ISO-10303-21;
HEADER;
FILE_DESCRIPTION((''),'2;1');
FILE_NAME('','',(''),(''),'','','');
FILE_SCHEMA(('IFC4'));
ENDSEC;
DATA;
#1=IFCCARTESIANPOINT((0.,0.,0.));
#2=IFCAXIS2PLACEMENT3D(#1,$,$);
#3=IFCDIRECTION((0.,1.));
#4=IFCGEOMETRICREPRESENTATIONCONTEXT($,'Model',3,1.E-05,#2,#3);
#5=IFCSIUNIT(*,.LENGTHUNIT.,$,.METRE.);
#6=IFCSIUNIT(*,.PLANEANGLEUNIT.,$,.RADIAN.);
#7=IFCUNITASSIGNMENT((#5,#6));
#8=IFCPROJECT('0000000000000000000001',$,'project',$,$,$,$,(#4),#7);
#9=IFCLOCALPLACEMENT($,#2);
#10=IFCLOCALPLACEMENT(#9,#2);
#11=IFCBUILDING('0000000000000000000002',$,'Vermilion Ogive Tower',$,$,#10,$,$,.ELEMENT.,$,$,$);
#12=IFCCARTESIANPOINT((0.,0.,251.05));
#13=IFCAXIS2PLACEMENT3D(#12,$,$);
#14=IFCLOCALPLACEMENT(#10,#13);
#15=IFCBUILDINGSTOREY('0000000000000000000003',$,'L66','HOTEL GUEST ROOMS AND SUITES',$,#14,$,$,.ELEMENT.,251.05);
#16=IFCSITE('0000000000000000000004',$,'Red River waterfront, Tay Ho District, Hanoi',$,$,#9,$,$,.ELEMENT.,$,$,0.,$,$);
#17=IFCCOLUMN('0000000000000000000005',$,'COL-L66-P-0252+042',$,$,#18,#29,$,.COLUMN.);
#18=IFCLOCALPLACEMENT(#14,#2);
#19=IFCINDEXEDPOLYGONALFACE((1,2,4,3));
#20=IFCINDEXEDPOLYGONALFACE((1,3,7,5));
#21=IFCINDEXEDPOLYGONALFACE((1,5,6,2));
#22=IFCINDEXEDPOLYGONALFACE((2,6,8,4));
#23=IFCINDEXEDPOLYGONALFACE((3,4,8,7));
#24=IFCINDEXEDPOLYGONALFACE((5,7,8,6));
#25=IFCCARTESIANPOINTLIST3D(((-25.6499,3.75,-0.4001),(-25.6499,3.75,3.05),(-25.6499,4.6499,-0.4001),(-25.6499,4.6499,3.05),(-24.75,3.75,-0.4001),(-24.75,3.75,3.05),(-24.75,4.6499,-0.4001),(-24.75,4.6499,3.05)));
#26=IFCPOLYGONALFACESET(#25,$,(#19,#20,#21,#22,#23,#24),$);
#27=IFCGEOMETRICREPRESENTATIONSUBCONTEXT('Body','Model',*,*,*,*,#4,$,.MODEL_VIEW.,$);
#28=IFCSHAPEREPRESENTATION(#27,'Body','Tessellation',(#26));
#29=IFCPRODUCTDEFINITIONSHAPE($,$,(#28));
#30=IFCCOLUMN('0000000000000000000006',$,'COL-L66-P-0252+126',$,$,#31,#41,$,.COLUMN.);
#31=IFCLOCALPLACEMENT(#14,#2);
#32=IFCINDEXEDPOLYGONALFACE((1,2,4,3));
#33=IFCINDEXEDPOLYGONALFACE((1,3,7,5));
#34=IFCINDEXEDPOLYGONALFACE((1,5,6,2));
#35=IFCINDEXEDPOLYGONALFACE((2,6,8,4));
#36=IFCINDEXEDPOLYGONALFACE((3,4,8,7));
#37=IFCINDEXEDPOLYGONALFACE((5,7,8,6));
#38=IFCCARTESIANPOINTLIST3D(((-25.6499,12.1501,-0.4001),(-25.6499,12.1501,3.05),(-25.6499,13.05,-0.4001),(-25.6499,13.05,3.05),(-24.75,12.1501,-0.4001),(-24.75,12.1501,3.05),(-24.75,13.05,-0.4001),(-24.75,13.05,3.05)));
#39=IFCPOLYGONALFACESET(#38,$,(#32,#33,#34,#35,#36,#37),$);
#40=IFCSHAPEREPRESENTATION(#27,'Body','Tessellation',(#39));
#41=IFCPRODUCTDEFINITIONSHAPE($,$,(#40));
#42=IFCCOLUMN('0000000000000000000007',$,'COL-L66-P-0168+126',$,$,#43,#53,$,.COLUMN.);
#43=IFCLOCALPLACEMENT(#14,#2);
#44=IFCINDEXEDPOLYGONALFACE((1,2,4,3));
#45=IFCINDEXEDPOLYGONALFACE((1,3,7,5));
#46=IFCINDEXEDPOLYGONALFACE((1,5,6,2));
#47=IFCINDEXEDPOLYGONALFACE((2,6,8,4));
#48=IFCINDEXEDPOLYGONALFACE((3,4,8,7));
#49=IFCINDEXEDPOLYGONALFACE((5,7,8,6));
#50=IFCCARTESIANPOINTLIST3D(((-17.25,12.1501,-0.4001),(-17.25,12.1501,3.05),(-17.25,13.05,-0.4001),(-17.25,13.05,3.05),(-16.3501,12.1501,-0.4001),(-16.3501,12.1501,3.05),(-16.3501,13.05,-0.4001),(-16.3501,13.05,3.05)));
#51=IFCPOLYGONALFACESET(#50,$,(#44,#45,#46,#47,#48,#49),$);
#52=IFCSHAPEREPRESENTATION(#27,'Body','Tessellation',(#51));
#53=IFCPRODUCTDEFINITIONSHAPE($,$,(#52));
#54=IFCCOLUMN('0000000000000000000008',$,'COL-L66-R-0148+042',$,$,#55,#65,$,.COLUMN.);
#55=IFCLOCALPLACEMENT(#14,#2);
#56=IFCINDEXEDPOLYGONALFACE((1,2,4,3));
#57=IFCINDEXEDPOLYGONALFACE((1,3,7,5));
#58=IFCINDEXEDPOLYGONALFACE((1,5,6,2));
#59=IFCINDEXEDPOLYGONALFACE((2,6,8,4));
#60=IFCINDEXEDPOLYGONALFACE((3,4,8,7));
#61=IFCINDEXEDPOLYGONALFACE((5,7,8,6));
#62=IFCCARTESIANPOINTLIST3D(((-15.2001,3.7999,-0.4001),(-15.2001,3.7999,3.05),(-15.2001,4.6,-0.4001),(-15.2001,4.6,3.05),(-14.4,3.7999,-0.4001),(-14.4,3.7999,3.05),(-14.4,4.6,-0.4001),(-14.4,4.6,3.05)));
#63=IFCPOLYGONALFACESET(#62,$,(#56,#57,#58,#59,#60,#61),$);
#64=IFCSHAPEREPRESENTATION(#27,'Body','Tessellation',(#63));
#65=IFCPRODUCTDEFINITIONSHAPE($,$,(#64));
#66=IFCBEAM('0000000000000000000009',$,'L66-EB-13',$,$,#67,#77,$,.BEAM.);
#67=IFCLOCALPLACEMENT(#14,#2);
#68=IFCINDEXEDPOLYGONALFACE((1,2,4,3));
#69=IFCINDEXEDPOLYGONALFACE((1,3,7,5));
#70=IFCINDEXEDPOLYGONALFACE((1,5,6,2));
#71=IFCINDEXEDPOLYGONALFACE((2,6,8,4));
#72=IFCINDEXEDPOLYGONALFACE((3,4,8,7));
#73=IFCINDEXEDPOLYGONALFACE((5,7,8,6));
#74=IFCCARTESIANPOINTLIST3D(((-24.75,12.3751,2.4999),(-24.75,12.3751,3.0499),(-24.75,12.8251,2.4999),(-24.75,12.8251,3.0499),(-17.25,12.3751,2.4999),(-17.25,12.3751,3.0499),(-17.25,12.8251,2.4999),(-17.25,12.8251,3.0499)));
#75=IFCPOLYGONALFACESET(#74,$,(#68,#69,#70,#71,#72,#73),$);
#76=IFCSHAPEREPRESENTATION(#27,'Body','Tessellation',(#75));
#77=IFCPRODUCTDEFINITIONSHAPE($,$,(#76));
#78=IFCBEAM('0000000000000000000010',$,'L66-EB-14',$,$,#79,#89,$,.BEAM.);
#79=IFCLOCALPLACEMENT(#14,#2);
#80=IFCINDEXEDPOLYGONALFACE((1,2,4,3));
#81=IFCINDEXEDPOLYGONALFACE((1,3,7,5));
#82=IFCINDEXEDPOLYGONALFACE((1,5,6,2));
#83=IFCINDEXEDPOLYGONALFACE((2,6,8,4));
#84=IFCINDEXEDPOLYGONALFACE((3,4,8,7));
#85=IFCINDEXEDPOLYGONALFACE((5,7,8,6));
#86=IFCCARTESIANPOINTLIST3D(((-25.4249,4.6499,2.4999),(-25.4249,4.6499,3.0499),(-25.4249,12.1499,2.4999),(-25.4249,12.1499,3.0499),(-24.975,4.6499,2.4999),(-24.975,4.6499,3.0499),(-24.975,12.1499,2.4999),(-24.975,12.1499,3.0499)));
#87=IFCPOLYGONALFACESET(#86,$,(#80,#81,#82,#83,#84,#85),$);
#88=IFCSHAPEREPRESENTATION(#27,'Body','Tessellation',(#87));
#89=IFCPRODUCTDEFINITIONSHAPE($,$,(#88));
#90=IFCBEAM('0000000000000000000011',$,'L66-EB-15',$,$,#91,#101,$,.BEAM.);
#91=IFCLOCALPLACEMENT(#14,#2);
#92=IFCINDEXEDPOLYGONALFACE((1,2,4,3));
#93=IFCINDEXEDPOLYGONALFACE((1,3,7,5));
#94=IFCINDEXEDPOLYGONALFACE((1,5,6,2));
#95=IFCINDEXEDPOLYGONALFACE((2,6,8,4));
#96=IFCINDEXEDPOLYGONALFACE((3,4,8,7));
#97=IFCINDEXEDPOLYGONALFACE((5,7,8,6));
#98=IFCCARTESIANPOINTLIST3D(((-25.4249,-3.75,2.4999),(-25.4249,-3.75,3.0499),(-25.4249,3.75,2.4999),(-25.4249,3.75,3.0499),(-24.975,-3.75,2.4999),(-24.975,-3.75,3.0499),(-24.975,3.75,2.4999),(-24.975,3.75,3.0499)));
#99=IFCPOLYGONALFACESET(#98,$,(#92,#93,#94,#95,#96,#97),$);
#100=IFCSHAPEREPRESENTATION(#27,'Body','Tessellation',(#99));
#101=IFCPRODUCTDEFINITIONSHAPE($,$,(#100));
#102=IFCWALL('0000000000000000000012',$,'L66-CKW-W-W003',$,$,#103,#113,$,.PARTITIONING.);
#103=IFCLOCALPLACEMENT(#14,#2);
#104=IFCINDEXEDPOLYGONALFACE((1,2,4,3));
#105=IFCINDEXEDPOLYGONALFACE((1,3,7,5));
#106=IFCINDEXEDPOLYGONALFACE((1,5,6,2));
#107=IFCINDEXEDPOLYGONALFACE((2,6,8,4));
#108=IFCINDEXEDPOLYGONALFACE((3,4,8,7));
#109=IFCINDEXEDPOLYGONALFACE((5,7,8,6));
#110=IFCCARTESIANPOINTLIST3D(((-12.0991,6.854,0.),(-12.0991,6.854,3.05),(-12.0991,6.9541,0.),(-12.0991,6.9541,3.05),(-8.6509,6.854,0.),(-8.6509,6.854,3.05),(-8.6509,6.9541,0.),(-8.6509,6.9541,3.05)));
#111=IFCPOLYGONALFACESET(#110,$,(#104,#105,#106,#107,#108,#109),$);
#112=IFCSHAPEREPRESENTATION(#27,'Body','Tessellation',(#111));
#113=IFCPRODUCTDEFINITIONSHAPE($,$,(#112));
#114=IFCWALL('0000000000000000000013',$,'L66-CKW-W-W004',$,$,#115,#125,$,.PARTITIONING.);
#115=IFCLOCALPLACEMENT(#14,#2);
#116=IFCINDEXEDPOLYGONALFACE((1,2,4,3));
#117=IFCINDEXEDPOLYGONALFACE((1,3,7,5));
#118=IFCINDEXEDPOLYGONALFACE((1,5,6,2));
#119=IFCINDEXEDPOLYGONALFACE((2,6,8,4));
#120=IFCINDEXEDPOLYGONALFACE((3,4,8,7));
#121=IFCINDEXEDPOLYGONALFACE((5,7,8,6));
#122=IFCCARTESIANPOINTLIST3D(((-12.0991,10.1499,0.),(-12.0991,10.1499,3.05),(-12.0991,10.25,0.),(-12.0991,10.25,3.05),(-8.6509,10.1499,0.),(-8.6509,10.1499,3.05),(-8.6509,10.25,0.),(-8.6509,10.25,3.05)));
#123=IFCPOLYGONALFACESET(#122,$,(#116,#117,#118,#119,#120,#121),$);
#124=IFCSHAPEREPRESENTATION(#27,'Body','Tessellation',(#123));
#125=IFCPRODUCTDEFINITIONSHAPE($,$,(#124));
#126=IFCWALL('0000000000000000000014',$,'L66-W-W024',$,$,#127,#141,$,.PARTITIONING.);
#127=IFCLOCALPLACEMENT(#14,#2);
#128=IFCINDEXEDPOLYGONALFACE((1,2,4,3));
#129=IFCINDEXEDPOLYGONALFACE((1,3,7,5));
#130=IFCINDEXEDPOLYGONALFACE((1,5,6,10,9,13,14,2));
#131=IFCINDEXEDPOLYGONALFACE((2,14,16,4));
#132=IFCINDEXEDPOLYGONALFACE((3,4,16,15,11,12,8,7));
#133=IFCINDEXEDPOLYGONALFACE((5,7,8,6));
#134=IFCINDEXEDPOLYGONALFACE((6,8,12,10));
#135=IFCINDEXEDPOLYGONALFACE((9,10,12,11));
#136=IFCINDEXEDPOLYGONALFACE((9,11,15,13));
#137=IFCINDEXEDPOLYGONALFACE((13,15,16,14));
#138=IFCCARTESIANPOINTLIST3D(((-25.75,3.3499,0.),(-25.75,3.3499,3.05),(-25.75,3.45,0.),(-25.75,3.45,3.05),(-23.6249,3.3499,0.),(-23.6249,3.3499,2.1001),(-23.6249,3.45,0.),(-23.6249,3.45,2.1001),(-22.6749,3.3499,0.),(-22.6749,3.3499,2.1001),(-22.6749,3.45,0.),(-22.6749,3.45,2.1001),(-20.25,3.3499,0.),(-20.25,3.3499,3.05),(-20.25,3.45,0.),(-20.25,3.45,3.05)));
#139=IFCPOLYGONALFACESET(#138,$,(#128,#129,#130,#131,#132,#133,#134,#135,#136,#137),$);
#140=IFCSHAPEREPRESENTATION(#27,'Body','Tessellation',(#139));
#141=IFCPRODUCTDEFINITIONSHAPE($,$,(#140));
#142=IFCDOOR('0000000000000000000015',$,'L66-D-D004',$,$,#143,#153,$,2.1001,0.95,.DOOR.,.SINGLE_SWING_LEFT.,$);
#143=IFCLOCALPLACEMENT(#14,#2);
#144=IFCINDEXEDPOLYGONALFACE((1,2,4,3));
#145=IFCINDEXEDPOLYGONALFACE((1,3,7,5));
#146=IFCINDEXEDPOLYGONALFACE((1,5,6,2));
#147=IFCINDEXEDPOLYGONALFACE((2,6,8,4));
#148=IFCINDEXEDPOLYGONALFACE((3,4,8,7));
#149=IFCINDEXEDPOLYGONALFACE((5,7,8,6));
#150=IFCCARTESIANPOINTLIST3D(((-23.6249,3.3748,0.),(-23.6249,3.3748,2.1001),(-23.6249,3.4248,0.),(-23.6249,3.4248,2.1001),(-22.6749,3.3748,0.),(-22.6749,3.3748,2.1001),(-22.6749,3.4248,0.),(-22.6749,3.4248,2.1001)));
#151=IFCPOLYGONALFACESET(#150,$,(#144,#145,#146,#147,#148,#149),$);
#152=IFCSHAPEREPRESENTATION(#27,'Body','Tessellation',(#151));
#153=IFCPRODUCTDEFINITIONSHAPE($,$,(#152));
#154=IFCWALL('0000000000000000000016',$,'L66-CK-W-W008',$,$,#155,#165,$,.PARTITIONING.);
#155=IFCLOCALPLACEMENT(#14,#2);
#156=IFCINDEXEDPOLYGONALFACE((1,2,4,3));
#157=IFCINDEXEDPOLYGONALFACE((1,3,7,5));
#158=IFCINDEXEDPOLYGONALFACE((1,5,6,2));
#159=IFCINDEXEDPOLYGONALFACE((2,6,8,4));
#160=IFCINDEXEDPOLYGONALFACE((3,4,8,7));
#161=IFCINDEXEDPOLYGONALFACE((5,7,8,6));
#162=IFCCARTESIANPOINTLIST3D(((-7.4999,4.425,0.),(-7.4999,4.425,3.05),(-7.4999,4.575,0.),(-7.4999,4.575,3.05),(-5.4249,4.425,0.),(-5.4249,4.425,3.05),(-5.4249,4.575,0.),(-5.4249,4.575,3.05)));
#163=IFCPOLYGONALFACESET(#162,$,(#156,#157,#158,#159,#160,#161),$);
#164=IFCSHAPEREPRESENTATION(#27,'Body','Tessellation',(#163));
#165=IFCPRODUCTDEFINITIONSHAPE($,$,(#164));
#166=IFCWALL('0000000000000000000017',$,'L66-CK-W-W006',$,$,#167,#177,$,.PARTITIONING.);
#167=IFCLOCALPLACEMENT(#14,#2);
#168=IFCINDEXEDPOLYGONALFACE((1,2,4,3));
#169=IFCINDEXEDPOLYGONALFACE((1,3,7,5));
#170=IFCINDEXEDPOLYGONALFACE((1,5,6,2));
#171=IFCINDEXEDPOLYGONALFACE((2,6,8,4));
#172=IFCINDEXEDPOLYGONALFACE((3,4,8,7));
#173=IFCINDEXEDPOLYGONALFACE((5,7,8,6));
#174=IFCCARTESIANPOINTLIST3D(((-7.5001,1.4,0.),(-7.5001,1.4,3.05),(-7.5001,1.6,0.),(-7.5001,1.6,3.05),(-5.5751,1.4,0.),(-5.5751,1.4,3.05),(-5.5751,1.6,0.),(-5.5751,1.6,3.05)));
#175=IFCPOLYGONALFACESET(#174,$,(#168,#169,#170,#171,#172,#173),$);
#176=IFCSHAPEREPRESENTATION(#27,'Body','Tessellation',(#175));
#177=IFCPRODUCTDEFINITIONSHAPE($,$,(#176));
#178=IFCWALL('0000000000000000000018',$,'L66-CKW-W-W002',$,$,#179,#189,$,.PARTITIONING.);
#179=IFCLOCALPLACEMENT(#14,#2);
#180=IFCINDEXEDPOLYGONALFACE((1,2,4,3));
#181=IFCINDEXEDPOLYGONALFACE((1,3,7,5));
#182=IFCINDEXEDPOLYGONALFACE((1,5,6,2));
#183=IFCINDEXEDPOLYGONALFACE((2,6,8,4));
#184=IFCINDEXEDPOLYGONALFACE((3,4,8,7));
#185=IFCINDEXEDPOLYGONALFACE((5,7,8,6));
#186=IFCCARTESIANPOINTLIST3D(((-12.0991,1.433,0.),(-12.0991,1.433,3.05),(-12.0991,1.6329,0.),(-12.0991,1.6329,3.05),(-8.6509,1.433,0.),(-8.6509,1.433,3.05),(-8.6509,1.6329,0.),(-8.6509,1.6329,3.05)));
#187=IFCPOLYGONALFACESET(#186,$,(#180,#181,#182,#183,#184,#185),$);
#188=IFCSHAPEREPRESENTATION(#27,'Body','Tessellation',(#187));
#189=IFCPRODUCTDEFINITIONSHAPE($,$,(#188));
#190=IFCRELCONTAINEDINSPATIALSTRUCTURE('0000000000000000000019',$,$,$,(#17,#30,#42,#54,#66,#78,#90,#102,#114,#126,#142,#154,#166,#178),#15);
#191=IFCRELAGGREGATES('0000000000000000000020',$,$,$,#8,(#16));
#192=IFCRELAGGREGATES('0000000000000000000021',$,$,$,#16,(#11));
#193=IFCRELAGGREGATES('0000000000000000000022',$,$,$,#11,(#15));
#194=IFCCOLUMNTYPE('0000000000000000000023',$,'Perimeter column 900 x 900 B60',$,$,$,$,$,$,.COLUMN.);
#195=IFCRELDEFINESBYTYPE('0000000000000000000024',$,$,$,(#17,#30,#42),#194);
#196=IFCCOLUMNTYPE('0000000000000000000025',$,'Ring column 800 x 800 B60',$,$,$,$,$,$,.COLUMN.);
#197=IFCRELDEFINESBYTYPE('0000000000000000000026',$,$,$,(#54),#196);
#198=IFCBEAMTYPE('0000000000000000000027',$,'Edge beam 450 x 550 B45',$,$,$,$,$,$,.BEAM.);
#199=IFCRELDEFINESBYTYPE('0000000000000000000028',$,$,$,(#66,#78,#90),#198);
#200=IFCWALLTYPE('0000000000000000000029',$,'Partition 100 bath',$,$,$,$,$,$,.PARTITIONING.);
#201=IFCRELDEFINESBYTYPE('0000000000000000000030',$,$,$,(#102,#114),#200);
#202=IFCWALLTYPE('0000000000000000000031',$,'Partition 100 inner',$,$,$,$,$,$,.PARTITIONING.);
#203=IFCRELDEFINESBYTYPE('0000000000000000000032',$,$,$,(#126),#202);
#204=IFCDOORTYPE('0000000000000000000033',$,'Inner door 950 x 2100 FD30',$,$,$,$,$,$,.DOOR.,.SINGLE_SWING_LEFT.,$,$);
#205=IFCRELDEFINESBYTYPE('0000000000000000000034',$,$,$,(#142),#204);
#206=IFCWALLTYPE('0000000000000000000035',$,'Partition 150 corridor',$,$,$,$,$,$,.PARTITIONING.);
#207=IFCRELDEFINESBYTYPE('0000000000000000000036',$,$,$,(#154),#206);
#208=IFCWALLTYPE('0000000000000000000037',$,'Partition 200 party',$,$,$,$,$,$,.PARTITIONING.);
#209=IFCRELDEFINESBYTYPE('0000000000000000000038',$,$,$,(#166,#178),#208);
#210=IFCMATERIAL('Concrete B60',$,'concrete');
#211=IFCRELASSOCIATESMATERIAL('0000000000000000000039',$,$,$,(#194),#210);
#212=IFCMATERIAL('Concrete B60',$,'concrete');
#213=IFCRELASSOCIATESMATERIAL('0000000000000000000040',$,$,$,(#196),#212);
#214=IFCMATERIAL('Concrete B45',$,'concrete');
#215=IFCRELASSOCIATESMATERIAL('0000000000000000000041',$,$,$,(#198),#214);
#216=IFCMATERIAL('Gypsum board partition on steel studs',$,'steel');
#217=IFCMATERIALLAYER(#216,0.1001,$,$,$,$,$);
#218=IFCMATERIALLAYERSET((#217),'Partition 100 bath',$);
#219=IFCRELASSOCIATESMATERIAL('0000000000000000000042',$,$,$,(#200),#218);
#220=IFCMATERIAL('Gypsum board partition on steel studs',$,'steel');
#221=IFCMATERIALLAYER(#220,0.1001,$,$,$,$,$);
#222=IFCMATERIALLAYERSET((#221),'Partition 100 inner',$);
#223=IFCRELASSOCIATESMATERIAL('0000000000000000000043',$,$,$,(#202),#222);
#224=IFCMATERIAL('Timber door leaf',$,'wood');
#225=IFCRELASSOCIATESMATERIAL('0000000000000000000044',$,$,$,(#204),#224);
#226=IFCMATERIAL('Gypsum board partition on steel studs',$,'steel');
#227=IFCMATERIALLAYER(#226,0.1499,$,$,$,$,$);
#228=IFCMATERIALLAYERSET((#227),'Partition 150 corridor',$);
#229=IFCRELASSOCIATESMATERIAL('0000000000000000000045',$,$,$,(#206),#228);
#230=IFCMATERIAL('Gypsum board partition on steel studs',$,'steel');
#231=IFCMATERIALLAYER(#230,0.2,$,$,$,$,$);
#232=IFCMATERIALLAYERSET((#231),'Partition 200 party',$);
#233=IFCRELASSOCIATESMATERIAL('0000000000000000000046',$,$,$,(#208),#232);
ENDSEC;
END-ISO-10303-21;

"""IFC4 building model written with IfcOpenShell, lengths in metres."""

from ifc_helpers import new_model, si_unit, direction, frame, frame_2d, origin, origin_2d, place, context, subcontext, project, spatial, rectangle, extrude, material, layer, layer_set, material_profile, profile_set, type_object, element, fill, save


model = new_model("IFC4")

# Units and contexts
model_context = context("Model", 3, precision=1e-05, world=origin(), true_north=direction((0.0, 1.0)))
body_context = subcontext(model_context, "Body", "Model", "MODEL_VIEW")
ifc_project = project(units=[si_unit("LENGTHUNIT", "METRE"), si_unit("PLANEANGLEUNIT", "RADIAN")], contexts=[model_context])

# Site, building, storey
site_placement = place(None, origin())
site = spatial("IfcSite", under=ifc_project, at=site_placement, Name="Red River waterfront, Tay Ho District, Hanoi", CompositionType="ELEMENT", RefElevation=0.0)
building_placement = place(site_placement, origin())
building = spatial("IfcBuilding", under=site, at=building_placement, Name="Vermilion Ogive Tower", CompositionType="ELEMENT")
storey_placement = place(building_placement, frame((0.0, 0.0, 251.05)))
storey = spatial("IfcBuildingStorey", under=building, at=storey_placement, Name="L66", Description="HOTEL GUEST ROOMS AND SUITES", CompositionType="ELEMENT", Elevation=251.05)

# Columns
ifc_material_1 = material(Name="Concrete B60", Category="concrete")
ifc_material_profile_1 = material_profile(ifc_material_1, rectangle(XDim=0.8999, YDim=0.8999, at=origin_2d()), Name="900 x 900")
ifc_profile_set_1 = profile_set([ifc_material_profile_1], Name="Concrete B60")
column_type_1 = type_object("IfcColumnType", Name="Perimeter column 900 x 900 B60", PredefinedType="COLUMN", material=ifc_profile_set_1)
for number, where, z_axis, x_axis, name in (
    (1, (-25.2, 4.2, -0.4001), (0.0, 0.0, 1.0), (1.0, 0.0, 0.0), "COL-L66-P-0252+042"),
    (2, (-25.2, 12.6001, -0.4001), (0.0, 0.0, 1.0), (1.0, 0.0, 0.0), "COL-L66-P-0252+126"),
    (3, (-16.8, 12.6001, -0.4001), (0.0, 0.0, 1.0), (1.0, 0.0, 0.0), "COL-L66-P-0168+126"),
):
    element("IfcColumn", number, at=place(storey_placement, frame(where, z_axis=z_axis, x_axis=x_axis)), inside=storey, type_object=column_type_1, Name=name, PredefinedType="COLUMN", context=body_context, shape_type="SweptSolid", body=[
        extrude(rectangle(XDim=0.8999, YDim=0.8999, at=origin_2d()), origin(), (0.0, 0.0, 1.0), 3.4502),
    ])
ifc_material_2 = material(Name="Concrete B60", Category="concrete")
ifc_material_profile_2 = material_profile(ifc_material_2, rectangle(XDim=0.8, YDim=0.8, at=origin_2d()), Name="800 x 800")
ifc_profile_set_2 = profile_set([ifc_material_profile_2], Name="Concrete B60")
column_type_2 = type_object("IfcColumnType", Name="Ring column 800 x 800 B60", PredefinedType="COLUMN", material=ifc_profile_set_2)
column_placement = place(storey_placement, frame((-14.8, 4.2, -0.4001), z_axis=(0.0, 0.0, 1.0), x_axis=(1.0, 0.0, 0.0)))
element("IfcColumn", 4, at=column_placement, inside=storey, type_object=column_type_2, Name="COL-L66-R-0148+042", PredefinedType="COLUMN", context=body_context, shape_type="SweptSolid", body=[
    extrude(rectangle(XDim=0.8, YDim=0.8, at=origin_2d()), origin(), (0.0, 0.0, 1.0), 3.4502),
])

# Beams
ifc_material_3 = material(Name="Concrete B45", Category="concrete")
ifc_material_profile_3 = material_profile(ifc_material_3, rectangle(XDim=0.45, YDim=0.55, at=origin_2d()), Name="450 x 550")
ifc_profile_set_3 = profile_set([ifc_material_profile_3], Name="Concrete B45")
beam_type = type_object("IfcBeamType", Name="Edge beam 450 x 550 B45", PredefinedType="BEAM", material=ifc_profile_set_3)
for number, where, z_axis, x_axis, name in (
    (5, (-17.25, 12.6001, 2.7749), (-1.0, 0.0, 0.0), (0.0, -1.0, 0.0), "L66-EB-13"),
    (6, (-25.2, 12.1499, 2.7749), (0.0, -1.0, 0.0), (1.0, 0.0, 0.0), "L66-EB-14"),
    (7, (-25.2, 3.75, 2.7749), (0.0, -1.0, 0.0), (1.0, 0.0, 0.0), "L66-EB-15"),
):
    element("IfcBeam", number, at=place(storey_placement, frame(where, z_axis=z_axis, x_axis=x_axis)), inside=storey, type_object=beam_type, Name=name, PredefinedType="BEAM", context=body_context, shape_type="SweptSolid", body=[
        extrude(rectangle(XDim=0.45, YDim=0.55, at=origin_2d()), origin(), (0.0, 0.0, 1.0), 7.5),
    ])

# Walls
ifc_material_4 = material(Name="Gypsum board partition on steel studs", Category="steel")
ifc_layer_1 = layer(ifc_material_4, 0.1001)
ifc_layer_set_1 = layer_set([ifc_layer_1], Name="Partition 100 bath")
wall_type_1 = type_object("IfcWallType", Name="Partition 100 bath", PredefinedType="PARTITIONING", material=ifc_layer_set_1)
for number, where, z_axis, x_axis, name in (
    (8, (-12.0991, 6.9041, 0.0), (0.0, 0.0, 1.0), (1.0, 0.0, 0.0), "L66-CKW-W-W003"),
    (9, (-12.0991, 10.2, 0.0), (0.0, 0.0, 1.0), (1.0, 0.0, 0.0), "L66-CKW-W-W004"),
):
    element("IfcWall", number, at=place(storey_placement, frame(where, z_axis=z_axis, x_axis=x_axis)), inside=storey, type_object=wall_type_1, Name=name, PredefinedType="PARTITIONING", context=body_context, shape_type="SweptSolid", body=[
        extrude(rectangle(XDim=3.4482, YDim=0.1001, at=frame_2d((1.7241, 0.0))), origin(), (0.0, 0.0, 1.0), 3.05),
    ])

# Wall, opening, door
ifc_material_5 = material(Name="Gypsum board partition on steel studs", Category="steel")
ifc_layer_2 = layer(ifc_material_5, 0.1001)
ifc_layer_set_2 = layer_set([ifc_layer_2], Name="Partition 100 inner")
wall_type_2 = type_object("IfcWallType", Name="Partition 100 inner", PredefinedType="PARTITIONING", material=ifc_layer_set_2)
wall_1_placement = place(storey_placement, frame((-25.75, 3.3999, 0.0), z_axis=(0.0, 0.0, 1.0), x_axis=(1.0, 0.0, 0.0)))
wall_1 = element("IfcWall", 10, at=wall_1_placement, inside=storey, type_object=wall_type_2, Name="L66-W-W024", PredefinedType="PARTITIONING", context=body_context, shape_type="SweptSolid", body=[
    extrude(rectangle(XDim=5.5, YDim=0.1001, at=frame_2d((2.75, 0.0))), origin(), (0.0, 0.0, 1.0), 3.05),
])
opening_1_placement = place(wall_1_placement, frame((2.125, 0.0, 0.0)))
opening_1 = element("IfcOpeningElement", 11, at=opening_1_placement, cuts=wall_1, PredefinedType="OPENING", context=body_context, shape_type="SweptSolid", body=[
    extrude(rectangle(XDim=0.95, YDim=2.1001, at=frame_2d((0.4751, 1.05))), frame((0.0, 0.0601, 0.0), z_axis=(0.0, -1.0, 0.0), x_axis=(1.0, 0.0, 0.0)), (0.0, 0.0, 1.0), 0.1201),
])
ifc_material_6 = material(Name="Timber door leaf", Category="wood")
door_type_1 = type_object("IfcDoorType", Name="Inner door 950 x 2100 FD30", OperationType="SINGLE_SWING_LEFT", PredefinedType="DOOR", material=ifc_material_6)
door_1_placement = place(opening_1_placement, origin())
door_1 = element("IfcDoor", 12, at=door_1_placement, inside=storey, type_object=door_type_1, Name="L66-D-D004", OperationType="SINGLE_SWING_LEFT", OverallHeight=2.1001, OverallWidth=0.95, PredefinedType="DOOR", context=body_context, shape_type="SweptSolid", body=[
    extrude(rectangle(XDim=0.95, YDim=2.1001, at=frame_2d((0.4751, 1.05))), frame((0.0, 0.0249, 0.0), z_axis=(0.0, -1.0, 0.0), x_axis=(1.0, 0.0, 0.0)), (0.0, 0.0, 1.0), 0.05),
])
fill(opening_1, door_1)

# Walls
ifc_material_7 = material(Name="Gypsum board partition on steel studs", Category="steel")
ifc_layer_3 = layer(ifc_material_7, 0.1499)
ifc_layer_set_3 = layer_set([ifc_layer_3], Name="Partition 150 corridor")
wall_type_3 = type_object("IfcWallType", Name="Partition 150 corridor", PredefinedType="PARTITIONING", material=ifc_layer_set_3)
wall_2_placement = place(storey_placement, frame((-7.5, 4.5, 0.0), z_axis=(0.0, 0.0, 1.0), x_axis=(1.0, 0.0, 0.0)))
element("IfcWall", 13, at=wall_2_placement, inside=storey, type_object=wall_type_3, Name="L66-CK-W-W008", PredefinedType="PARTITIONING", context=body_context, shape_type="SweptSolid", body=[
    extrude(rectangle(XDim=2.075, YDim=0.1499, at=frame_2d((1.0376, 0.0))), origin(), (0.0, 0.0, 1.0), 3.05),
])
ifc_material_8 = material(Name="Gypsum board partition on steel studs", Category="steel")
ifc_layer_4 = layer(ifc_material_8, 0.2)
ifc_layer_set_4 = layer_set([ifc_layer_4], Name="Partition 200 party")
wall_type_4 = type_object("IfcWallType", Name="Partition 200 party", PredefinedType="PARTITIONING", material=ifc_layer_set_4)
wall_3_placement = place(storey_placement, frame((-7.5, 1.5, 0.0), z_axis=(0.0, 0.0, 1.0), x_axis=(1.0, 0.0, 0.0)))
element("IfcWall", 14, at=wall_3_placement, inside=storey, type_object=wall_type_4, Name="L66-CK-W-W006", PredefinedType="PARTITIONING", context=body_context, shape_type="SweptSolid", body=[
    extrude(rectangle(XDim=1.925, YDim=0.2, at=frame_2d((0.9624, 0.0))), origin(), (0.0, 0.0, 1.0), 3.05),
])
wall_4_placement = place(storey_placement, frame((-12.0991, 1.533, 0.0), z_axis=(0.0, 0.0, 1.0), x_axis=(1.0, 0.0, 0.0)))
element("IfcWall", 15, at=wall_4_placement, inside=storey, type_object=wall_type_4, Name="L66-CKW-W-W002", PredefinedType="PARTITIONING", context=body_context, shape_type="SweptSolid", body=[
    extrude(rectangle(XDim=3.4482, YDim=0.2, at=frame_2d((1.7241, 0.0))), origin(), (0.0, 0.0, 1.0), 3.05),
])

save(model, "model.ifc")
